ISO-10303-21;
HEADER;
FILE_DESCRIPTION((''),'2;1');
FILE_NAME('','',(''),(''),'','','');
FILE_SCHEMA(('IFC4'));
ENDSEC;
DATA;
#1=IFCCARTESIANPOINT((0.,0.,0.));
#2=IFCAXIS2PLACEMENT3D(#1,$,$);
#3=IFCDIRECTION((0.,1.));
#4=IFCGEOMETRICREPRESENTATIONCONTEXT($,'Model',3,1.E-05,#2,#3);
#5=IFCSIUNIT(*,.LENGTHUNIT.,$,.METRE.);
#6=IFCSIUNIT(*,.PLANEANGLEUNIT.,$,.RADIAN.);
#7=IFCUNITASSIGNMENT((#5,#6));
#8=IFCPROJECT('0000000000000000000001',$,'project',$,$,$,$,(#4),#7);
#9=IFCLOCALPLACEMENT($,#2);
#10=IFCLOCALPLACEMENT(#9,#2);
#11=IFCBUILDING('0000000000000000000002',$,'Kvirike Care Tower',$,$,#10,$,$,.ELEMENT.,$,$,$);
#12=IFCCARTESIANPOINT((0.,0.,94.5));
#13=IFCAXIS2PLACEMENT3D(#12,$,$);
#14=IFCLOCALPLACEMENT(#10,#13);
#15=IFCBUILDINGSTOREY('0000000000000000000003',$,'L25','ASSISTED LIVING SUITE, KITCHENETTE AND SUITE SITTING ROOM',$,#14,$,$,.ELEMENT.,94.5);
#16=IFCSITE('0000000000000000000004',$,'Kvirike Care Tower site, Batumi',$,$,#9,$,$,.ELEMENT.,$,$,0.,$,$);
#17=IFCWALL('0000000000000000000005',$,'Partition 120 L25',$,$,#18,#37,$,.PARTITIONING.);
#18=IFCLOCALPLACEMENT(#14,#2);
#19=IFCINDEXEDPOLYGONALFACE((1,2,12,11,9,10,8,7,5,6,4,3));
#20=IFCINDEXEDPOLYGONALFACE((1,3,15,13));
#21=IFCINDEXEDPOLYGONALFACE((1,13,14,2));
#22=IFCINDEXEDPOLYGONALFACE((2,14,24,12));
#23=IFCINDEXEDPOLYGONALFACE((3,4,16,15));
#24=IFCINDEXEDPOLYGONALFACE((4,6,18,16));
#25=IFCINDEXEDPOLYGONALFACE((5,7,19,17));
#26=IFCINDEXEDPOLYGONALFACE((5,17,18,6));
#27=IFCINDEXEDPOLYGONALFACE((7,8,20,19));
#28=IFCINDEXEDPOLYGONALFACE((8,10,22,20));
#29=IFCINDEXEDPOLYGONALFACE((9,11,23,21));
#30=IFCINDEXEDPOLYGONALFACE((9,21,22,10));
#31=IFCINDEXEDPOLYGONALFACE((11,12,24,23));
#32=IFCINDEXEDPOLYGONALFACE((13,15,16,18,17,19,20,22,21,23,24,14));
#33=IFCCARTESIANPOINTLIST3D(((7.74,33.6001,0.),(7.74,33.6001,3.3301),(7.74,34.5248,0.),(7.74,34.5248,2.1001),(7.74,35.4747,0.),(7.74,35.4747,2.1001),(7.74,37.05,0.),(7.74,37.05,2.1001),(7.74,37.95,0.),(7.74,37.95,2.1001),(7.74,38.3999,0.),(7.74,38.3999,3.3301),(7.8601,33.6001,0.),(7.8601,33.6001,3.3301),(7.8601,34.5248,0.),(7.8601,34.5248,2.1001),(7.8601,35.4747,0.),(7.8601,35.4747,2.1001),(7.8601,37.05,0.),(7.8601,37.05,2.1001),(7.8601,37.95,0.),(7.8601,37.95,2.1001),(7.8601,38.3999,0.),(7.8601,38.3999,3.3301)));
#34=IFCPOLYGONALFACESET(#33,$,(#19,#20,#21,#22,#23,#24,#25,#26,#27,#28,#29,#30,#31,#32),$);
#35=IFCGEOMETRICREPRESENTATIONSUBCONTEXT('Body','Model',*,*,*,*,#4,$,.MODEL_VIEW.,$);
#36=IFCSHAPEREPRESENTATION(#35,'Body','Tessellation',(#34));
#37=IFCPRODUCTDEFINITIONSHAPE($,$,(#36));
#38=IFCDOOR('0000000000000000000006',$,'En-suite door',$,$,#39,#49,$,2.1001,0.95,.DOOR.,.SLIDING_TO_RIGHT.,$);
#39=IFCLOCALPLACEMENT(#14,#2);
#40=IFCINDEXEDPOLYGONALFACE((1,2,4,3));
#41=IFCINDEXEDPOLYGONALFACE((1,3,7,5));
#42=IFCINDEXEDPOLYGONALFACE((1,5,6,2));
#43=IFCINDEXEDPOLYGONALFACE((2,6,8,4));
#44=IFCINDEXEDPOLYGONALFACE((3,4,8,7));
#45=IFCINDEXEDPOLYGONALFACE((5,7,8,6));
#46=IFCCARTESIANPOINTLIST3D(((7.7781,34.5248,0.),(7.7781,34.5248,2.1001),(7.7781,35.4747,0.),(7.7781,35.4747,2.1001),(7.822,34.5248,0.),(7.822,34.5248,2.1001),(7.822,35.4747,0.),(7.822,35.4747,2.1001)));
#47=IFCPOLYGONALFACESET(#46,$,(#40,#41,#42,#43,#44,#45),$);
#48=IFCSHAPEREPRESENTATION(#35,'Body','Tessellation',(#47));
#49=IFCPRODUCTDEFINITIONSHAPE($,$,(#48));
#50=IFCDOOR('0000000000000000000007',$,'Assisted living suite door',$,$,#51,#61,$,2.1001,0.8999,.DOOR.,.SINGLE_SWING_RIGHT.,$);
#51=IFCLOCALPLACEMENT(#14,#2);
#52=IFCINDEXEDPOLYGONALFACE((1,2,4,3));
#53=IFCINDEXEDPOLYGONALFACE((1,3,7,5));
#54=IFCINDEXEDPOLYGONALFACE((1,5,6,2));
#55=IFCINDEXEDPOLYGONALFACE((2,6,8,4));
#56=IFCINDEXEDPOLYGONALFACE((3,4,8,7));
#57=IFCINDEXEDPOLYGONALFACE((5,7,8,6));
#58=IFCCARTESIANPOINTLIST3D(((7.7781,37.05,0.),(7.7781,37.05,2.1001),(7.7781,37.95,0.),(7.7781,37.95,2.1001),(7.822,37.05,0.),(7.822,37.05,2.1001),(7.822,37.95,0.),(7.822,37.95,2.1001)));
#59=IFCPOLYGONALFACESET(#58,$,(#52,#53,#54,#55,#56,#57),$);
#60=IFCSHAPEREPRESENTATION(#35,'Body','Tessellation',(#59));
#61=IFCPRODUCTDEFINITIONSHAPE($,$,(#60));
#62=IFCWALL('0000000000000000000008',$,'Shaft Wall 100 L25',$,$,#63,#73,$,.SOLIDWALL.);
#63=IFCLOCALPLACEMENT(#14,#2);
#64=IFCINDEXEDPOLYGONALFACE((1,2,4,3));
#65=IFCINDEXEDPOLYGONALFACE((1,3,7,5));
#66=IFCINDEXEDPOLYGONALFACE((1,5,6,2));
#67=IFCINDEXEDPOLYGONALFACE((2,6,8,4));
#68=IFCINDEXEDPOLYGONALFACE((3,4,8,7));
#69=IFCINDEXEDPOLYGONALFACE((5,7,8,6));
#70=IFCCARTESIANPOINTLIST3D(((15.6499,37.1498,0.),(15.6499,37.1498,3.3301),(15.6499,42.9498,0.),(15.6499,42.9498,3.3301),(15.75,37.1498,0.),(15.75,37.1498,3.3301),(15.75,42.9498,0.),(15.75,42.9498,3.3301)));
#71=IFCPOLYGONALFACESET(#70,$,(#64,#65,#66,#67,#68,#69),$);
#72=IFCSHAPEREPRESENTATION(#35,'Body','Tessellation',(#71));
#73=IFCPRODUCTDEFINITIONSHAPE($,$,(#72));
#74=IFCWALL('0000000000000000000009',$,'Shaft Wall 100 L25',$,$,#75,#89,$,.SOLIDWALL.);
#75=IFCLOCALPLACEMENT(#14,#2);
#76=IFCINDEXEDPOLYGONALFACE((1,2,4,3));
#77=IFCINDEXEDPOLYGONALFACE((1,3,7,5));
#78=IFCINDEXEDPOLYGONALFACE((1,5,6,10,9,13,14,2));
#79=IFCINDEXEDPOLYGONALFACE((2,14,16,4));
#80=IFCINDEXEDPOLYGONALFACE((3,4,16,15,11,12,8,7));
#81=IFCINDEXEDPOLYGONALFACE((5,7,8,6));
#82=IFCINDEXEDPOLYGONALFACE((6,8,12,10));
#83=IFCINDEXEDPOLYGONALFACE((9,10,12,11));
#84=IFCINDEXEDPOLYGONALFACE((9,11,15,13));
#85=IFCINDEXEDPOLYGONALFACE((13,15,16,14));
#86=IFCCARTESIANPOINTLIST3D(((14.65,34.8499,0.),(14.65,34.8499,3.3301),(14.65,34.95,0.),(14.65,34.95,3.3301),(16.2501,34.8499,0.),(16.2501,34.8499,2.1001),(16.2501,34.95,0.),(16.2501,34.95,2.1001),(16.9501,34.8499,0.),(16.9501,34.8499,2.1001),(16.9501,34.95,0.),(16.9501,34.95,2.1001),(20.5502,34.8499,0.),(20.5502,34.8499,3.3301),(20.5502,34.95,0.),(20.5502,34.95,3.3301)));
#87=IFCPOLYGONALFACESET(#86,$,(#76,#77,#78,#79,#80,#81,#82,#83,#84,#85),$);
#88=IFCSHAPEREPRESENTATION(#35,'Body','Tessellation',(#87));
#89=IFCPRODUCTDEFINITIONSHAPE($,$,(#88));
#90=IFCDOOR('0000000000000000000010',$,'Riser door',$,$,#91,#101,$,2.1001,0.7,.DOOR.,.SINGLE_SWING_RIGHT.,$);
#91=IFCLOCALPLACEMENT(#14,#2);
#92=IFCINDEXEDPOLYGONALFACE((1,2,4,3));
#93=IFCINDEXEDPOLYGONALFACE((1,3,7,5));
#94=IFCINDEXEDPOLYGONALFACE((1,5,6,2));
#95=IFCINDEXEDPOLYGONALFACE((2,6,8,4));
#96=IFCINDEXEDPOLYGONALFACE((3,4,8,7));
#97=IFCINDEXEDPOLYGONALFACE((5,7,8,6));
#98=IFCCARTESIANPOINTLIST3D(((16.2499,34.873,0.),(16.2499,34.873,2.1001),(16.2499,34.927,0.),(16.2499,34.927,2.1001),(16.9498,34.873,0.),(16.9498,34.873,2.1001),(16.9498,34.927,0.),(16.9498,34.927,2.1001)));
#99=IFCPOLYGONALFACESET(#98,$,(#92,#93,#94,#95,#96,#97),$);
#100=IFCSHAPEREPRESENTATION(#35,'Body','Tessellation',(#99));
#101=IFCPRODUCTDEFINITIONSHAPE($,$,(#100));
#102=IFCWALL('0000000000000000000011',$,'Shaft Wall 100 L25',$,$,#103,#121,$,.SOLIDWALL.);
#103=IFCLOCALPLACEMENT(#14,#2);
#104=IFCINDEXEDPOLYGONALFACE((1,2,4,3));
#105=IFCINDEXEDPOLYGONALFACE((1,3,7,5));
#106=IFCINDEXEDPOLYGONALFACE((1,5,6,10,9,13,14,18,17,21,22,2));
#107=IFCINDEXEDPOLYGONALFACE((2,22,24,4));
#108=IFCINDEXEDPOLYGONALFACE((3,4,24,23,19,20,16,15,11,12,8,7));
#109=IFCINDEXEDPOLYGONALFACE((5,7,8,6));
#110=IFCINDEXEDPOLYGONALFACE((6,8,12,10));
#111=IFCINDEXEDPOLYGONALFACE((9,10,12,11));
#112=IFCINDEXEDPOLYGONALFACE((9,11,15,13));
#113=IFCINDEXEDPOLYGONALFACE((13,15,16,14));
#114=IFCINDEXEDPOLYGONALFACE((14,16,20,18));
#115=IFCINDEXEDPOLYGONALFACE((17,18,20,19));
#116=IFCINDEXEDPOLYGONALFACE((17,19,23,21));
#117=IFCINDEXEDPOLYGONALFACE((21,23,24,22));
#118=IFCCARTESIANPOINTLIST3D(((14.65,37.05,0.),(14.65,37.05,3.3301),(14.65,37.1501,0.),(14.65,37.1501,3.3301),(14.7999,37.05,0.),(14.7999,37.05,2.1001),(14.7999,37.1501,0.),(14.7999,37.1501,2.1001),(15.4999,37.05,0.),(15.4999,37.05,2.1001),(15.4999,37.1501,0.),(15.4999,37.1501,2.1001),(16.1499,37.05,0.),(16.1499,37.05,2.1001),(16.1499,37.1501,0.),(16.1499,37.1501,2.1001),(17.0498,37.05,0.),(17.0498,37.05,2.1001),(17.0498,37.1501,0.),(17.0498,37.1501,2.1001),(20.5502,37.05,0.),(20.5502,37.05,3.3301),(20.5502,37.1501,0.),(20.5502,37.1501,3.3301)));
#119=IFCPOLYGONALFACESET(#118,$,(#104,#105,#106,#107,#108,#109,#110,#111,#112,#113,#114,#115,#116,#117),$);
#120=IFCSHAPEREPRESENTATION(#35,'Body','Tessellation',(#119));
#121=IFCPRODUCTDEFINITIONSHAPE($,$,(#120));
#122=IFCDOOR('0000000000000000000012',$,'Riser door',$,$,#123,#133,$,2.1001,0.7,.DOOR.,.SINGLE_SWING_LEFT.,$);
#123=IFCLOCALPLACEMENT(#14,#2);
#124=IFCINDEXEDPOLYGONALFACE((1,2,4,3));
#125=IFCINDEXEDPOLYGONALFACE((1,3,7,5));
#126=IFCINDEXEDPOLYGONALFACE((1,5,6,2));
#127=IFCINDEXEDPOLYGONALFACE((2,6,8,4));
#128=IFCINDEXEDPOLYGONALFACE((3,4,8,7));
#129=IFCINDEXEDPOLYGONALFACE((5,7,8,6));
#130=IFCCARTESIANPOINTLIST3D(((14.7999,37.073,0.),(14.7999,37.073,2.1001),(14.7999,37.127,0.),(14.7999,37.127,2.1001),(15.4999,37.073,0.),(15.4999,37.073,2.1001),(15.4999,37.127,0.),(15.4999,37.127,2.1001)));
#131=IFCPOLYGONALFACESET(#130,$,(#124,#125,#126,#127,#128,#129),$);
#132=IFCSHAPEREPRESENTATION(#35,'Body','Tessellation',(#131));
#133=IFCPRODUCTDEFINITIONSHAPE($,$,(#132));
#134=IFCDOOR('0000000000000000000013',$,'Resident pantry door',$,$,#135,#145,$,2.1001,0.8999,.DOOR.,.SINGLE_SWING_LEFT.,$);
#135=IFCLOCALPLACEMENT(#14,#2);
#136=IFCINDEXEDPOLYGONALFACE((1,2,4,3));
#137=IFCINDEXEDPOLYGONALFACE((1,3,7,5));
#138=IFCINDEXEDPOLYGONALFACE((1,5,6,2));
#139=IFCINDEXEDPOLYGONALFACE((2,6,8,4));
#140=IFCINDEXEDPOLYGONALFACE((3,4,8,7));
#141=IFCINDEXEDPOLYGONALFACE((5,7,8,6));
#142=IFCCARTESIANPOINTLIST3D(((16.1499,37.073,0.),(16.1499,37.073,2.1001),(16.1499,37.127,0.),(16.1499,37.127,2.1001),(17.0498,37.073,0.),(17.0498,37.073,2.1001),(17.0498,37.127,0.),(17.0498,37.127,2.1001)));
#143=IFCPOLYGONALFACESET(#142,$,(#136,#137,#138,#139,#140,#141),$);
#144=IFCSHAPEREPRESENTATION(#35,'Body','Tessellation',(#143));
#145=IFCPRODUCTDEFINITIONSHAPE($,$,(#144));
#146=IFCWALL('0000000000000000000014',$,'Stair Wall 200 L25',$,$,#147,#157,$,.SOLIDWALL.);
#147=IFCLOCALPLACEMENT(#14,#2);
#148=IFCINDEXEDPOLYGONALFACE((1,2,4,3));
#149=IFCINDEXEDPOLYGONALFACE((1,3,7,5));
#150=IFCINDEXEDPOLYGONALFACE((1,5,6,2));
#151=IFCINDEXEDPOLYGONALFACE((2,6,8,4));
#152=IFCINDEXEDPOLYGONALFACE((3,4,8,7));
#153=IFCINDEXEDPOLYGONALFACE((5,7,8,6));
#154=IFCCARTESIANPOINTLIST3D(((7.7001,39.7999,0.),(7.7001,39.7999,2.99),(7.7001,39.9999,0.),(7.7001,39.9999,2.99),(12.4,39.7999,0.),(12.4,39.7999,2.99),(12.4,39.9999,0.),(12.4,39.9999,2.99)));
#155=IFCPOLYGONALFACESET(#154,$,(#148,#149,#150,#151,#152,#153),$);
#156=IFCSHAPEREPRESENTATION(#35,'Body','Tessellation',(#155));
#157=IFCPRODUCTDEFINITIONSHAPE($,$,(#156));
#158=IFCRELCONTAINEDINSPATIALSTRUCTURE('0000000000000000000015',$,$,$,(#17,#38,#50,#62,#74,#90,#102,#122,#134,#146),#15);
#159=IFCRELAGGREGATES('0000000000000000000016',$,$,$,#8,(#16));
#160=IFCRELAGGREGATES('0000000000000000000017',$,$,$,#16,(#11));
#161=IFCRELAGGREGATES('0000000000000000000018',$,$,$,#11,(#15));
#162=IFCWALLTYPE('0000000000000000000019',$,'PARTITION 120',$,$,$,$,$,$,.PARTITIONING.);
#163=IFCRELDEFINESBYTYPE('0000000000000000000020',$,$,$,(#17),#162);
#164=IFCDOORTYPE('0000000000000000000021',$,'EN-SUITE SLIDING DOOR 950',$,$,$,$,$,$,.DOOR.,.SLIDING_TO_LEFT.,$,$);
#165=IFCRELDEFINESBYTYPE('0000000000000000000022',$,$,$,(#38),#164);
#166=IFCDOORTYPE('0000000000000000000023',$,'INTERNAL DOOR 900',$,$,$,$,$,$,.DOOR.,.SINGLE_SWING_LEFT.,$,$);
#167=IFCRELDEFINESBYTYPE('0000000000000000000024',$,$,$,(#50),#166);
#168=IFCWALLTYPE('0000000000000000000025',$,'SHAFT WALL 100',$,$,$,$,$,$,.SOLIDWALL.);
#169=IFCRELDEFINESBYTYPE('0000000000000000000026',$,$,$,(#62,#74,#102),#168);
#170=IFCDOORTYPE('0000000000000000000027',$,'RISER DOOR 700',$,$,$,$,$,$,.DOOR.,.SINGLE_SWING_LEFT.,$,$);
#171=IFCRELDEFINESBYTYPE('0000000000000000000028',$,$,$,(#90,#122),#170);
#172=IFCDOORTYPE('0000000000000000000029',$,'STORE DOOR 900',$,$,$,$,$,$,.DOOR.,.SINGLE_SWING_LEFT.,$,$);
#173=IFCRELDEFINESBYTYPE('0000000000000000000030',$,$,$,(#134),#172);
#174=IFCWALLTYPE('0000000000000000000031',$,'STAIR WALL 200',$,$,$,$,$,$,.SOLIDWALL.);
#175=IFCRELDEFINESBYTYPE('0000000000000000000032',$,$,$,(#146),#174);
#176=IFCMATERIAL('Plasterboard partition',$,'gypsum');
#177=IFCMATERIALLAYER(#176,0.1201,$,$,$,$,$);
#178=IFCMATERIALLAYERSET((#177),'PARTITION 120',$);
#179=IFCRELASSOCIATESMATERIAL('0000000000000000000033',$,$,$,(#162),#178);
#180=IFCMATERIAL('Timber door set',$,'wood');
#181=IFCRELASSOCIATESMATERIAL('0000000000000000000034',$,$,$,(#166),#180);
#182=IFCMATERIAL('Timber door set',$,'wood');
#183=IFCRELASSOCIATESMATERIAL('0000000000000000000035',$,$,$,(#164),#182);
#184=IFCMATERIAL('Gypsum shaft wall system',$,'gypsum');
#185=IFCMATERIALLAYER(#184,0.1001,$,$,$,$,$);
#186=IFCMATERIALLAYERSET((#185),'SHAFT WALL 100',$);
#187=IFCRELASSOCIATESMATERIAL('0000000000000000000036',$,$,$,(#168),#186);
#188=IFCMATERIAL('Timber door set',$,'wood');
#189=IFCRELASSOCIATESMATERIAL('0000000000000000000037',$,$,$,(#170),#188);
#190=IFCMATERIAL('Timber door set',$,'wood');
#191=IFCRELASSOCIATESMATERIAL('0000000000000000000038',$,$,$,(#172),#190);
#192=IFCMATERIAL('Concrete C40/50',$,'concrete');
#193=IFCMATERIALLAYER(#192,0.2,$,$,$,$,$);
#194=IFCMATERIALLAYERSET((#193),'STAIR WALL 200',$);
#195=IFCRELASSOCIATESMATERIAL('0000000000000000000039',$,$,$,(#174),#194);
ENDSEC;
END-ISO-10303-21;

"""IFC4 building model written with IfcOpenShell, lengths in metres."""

from ifc_helpers import new_model, si_unit, direction, frame, frame_2d, origin, place, context, subcontext, project, spatial, rectangle, extrude, material, layer, layer_set, type_object, element, fill, save


model = new_model("IFC4")

# Units and contexts
model_context = context("Model", 3, precision=1e-05, world=origin(), true_north=direction((0.0, 1.0)))
body_context = subcontext(model_context, "Body", "Model", "MODEL_VIEW")
ifc_project = project(units=[si_unit("LENGTHUNIT", "METRE"), si_unit("PLANEANGLEUNIT", "RADIAN")], contexts=[model_context])

# Site, building, storey
site_placement = place(None, origin())
site = spatial("IfcSite", under=ifc_project, at=site_placement, Name="Kvirike Care Tower site, Batumi", CompositionType="ELEMENT", RefElevation=0.0)
building_placement = place(site_placement, origin())
building = spatial("IfcBuilding", under=site, at=building_placement, Name="Kvirike Care Tower", CompositionType="ELEMENT")
storey_placement = place(building_placement, frame((0.0, 0.0, 94.5)))
storey = spatial("IfcBuildingStorey", under=building, at=storey_placement, Name="L25", Description="ASSISTED LIVING SUITE, KITCHENETTE AND SUITE SITTING ROOM", CompositionType="ELEMENT", Elevation=94.5)

# Shared definitions
ifc_material_1 = material(Name="Plasterboard partition", Category="gypsum")
ifc_layer_1 = layer(ifc_material_1, 0.1201)
ifc_layer_set_1 = layer_set([ifc_layer_1], Name="PARTITION 120")
wall_type_1 = type_object("IfcWallType", Name="PARTITION 120", PredefinedType="PARTITIONING", material=ifc_layer_set_1)
ifc_material_2 = material(Name="Timber door set", Category="wood")
door_type_1 = type_object("IfcDoorType", Name="INTERNAL DOOR 900", OperationType="SINGLE_SWING_LEFT", PredefinedType="DOOR", material=ifc_material_2)

# Wall, openings, doors
wall_1_placement = place(storey_placement, frame((7.8, 38.3999, 0.0), z_axis=(0.0, 0.0, 1.0), x_axis=(0.0, -1.0, 0.0)))
wall_1 = element("IfcWall", 1, at=wall_1_placement, inside=storey, type_object=wall_type_1, Name="Partition 120 L25", PredefinedType="PARTITIONING", context=body_context, shape_type="SweptSolid", body=[
    extrude(rectangle(XDim=4.7998, YDim=0.1201, at=frame_2d((2.3999, 0.0))), origin(), (0.0, 0.0, 1.0), 3.3301),
])
opening_1_placement = place(wall_1_placement, frame((0.45, 0.0, 0.0)))
opening_1 = element("IfcOpeningElement", 2, at=opening_1_placement, cuts=wall_1, PredefinedType="OPENING", context=body_context, shape_type="SweptSolid", body=[
    extrude(rectangle(XDim=0.8999, YDim=2.1001, at=frame_2d((0.45, 1.05))), frame((0.0, 0.0706, 0.0), z_axis=(0.0, -1.0, 0.0), x_axis=(1.0, 0.0, 0.0)), (0.0, 0.0, 1.0), 0.1411),
])
opening_2_placement = place(wall_1_placement, frame((2.925, 0.0, 0.0)))
opening_2 = element("IfcOpeningElement", 3, at=opening_2_placement, cuts=wall_1, PredefinedType="OPENING", context=body_context, shape_type="SweptSolid", body=[
    extrude(rectangle(XDim=0.95, YDim=2.1001, at=frame_2d((0.4751, 1.05))), frame((0.0, 0.0706, 0.0), z_axis=(0.0, -1.0, 0.0), x_axis=(1.0, 0.0, 0.0)), (0.0, 0.0, 1.0), 0.1411),
])
ifc_material_3 = material(Name="Timber door set", Category="wood")
door_type_2 = type_object("IfcDoorType", Name="EN-SUITE SLIDING DOOR 950", OperationType="SLIDING_TO_LEFT", PredefinedType="DOOR", material=ifc_material_3)
door_1_placement = place(opening_2_placement, origin())
door_1 = element("IfcDoor", 4, at=door_1_placement, inside=storey, type_object=door_type_2, Name="En-suite door", OperationType="SLIDING_TO_RIGHT", OverallHeight=2.1001, OverallWidth=0.95, PredefinedType="DOOR", context=body_context, shape_type="SweptSolid", body=[
    extrude(rectangle(XDim=0.95, YDim=2.1001, at=frame_2d((0.4751, 1.05))), frame((0.0, 0.022, 0.0), z_axis=(0.0, -1.0, 0.0), x_axis=(1.0, 0.0, 0.0)), (0.0, 0.0, 1.0), 0.0439),
])
fill(opening_2, door_1)
door_2_placement = place(opening_1_placement, origin())
door_2 = element("IfcDoor", 5, at=door_2_placement, inside=storey, type_object=door_type_1, Name="Assisted living suite door", OperationType="SINGLE_SWING_RIGHT", OverallHeight=2.1001, OverallWidth=0.8999, PredefinedType="DOOR", context=body_context, shape_type="SweptSolid", body=[
    extrude(rectangle(XDim=0.8999, YDim=2.1001, at=frame_2d((0.45, 1.05))), frame((0.0, 0.022, 0.0), z_axis=(0.0, -1.0, 0.0), x_axis=(1.0, 0.0, 0.0)), (0.0, 0.0, 1.0), 0.0439),
])
fill(opening_1, door_2)

# Wall
ifc_material_4 = material(Name="Gypsum shaft wall system", Category="gypsum")
ifc_layer_2 = layer(ifc_material_4, 0.1001)
ifc_layer_set_2 = layer_set([ifc_layer_2], Name="SHAFT WALL 100")
wall_type_2 = type_object("IfcWallType", Name="SHAFT WALL 100", PredefinedType="SOLIDWALL", material=ifc_layer_set_2)
wall_2_placement = place(storey_placement, frame((15.7, 37.1499, 0.0), z_axis=(0.0, 0.0, 1.0), x_axis=(0.0, 1.0, 0.0)))
element("IfcWall", 6, at=wall_2_placement, inside=storey, type_object=wall_type_2, Name="Shaft Wall 100 L25", PredefinedType="SOLIDWALL", context=body_context, shape_type="SweptSolid", body=[
    extrude(rectangle(XDim=5.8, YDim=0.1001, at=frame_2d((2.8999, 0.0))), origin(), (0.0, 0.0, 1.0), 3.3301),
])

# Wall, opening, door
wall_3_placement = place(storey_placement, frame((14.6499, 34.8999, 0.0), z_axis=(0.0, 0.0, 1.0), x_axis=(1.0, 0.0, 0.0)))
wall_3 = element("IfcWall", 7, at=wall_3_placement, inside=storey, type_object=wall_type_2, Name="Shaft Wall 100 L25", PredefinedType="SOLIDWALL", context=body_context, shape_type="SweptSolid", body=[
    extrude(rectangle(XDim=5.9001, YDim=0.1001, at=frame_2d((2.9502, 0.0))), origin(), (0.0, 0.0, 1.0), 3.3301),
])
opening_3_placement = place(wall_3_placement, frame((1.6001, 0.0, 0.0)))
opening_3 = element("IfcOpeningElement", 8, at=opening_3_placement, cuts=wall_3, PredefinedType="OPENING", context=body_context, shape_type="SweptSolid", body=[
    extrude(rectangle(XDim=0.7, YDim=2.1001, at=frame_2d((0.3501, 1.05))), frame((0.0, 0.0605, 0.0), z_axis=(0.0, -1.0, 0.0), x_axis=(1.0, 0.0, 0.0)), (0.0, 0.0, 1.0), 0.1211),
])
ifc_material_5 = material(Name="Timber door set", Category="wood")
door_type_3 = type_object("IfcDoorType", Name="RISER DOOR 700", OperationType="SINGLE_SWING_LEFT", PredefinedType="DOOR", material=ifc_material_5)
door_3_placement = place(opening_3_placement, frame((0.7, 0.0, 0.0), z_axis=(0.0, 0.0, 1.0), x_axis=(-1.0, 0.0, 0.0)))
door_3 = element("IfcDoor", 9, at=door_3_placement, inside=storey, type_object=door_type_3, Name="Riser door", OperationType="SINGLE_SWING_RIGHT", OverallHeight=2.1001, OverallWidth=0.7, PredefinedType="DOOR", context=body_context, shape_type="SweptSolid", body=[
    extrude(rectangle(XDim=0.7, YDim=2.1001, at=frame_2d((0.3501, 1.05))), frame((0.0, 0.0269, 0.0), z_axis=(0.0, -1.0, 0.0), x_axis=(1.0, 0.0, 0.0)), (0.0, 0.0, 1.0), 0.054),
])
fill(opening_3, door_3)

# Wall, openings, doors
wall_4_placement = place(storey_placement, frame((14.6499, 37.1001, 0.0), z_axis=(0.0, 0.0, 1.0), x_axis=(1.0, 0.0, 0.0)))
wall_4 = element("IfcWall", 10, at=wall_4_placement, inside=storey, type_object=wall_type_2, Name="Shaft Wall 100 L25", PredefinedType="SOLIDWALL", context=body_context, shape_type="SweptSolid", body=[
    extrude(rectangle(XDim=5.9001, YDim=0.1001, at=frame_2d((2.9502, 0.0))), origin(), (0.0, 0.0, 1.0), 3.3301),
])
opening_4_placement = place(wall_4_placement, frame((0.1499, 0.0, 0.0)))
opening_4 = element("IfcOpeningElement", 11, at=opening_4_placement, cuts=wall_4, PredefinedType="OPENING", context=body_context, shape_type="SweptSolid", body=[
    extrude(rectangle(XDim=0.7, YDim=2.1001, at=frame_2d((0.3501, 1.05))), frame((0.0, 0.0605, 0.0), z_axis=(0.0, -1.0, 0.0), x_axis=(1.0, 0.0, 0.0)), (0.0, 0.0, 1.0), 0.1211),
])
opening_5_placement = place(wall_4_placement, frame((1.5, 0.0, 0.0)))
opening_5 = element("IfcOpeningElement", 12, at=opening_5_placement, cuts=wall_4, PredefinedType="OPENING", context=body_context, shape_type="SweptSolid", body=[
    extrude(rectangle(XDim=0.8999, YDim=2.1001, at=frame_2d((0.45, 1.05))), frame((0.0, 0.0605, 0.0), z_axis=(0.0, -1.0, 0.0), x_axis=(1.0, 0.0, 0.0)), (0.0, 0.0, 1.0), 0.1211),
])
door_4_placement = place(opening_4_placement, origin())
door_4 = element("IfcDoor", 13, at=door_4_placement, inside=storey, type_object=door_type_3, Name="Riser door", OperationType="SINGLE_SWING_LEFT", OverallHeight=2.1001, OverallWidth=0.7, PredefinedType="DOOR", context=body_context, shape_type="SweptSolid", body=[
    extrude(rectangle(XDim=0.7, YDim=2.1001, at=frame_2d((0.3501, 1.05))), frame((0.0, 0.0269, 0.0), z_axis=(0.0, -1.0, 0.0), x_axis=(1.0, 0.0, 0.0)), (0.0, 0.0, 1.0), 0.054),
])
fill(opening_4, door_4)
ifc_material_6 = material(Name="Timber door set", Category="wood")
door_type_4 = type_object("IfcDoorType", Name="STORE DOOR 900", OperationType="SINGLE_SWING_LEFT", PredefinedType="DOOR", material=ifc_material_6)
door_5_placement = place(opening_5_placement, origin())
door_5 = element("IfcDoor", 14, at=door_5_placement, inside=storey, type_object=door_type_4, Name="Resident pantry door", OperationType="SINGLE_SWING_LEFT", OverallHeight=2.1001, OverallWidth=0.8999, PredefinedType="DOOR", context=body_context, shape_type="SweptSolid", body=[
    extrude(rectangle(XDim=0.8999, YDim=2.1001, at=frame_2d((0.45, 1.05))), frame((0.0, 0.0269, 0.0), z_axis=(0.0, -1.0, 0.0), x_axis=(1.0, 0.0, 0.0)), (0.0, 0.0, 1.0), 0.054),
])
fill(opening_5, door_5)

# Wall
ifc_material_7 = material(Name="Concrete C40/50", Category="concrete")
ifc_layer_3 = layer(ifc_material_7, 0.2)
ifc_layer_set_3 = layer_set([ifc_layer_3], Name="STAIR WALL 200")
wall_type_3 = type_object("IfcWallType", Name="STAIR WALL 200", PredefinedType="SOLIDWALL", material=ifc_layer_set_3)
wall_5_placement = place(storey_placement, frame((7.7, 39.8999, 0.0), z_axis=(0.0, 0.0, 1.0), x_axis=(1.0, 0.0, 0.0)))
element("IfcWall", 15, at=wall_5_placement, inside=storey, type_object=wall_type_3, Name="Stair Wall 200 L25", PredefinedType="SOLIDWALL", context=body_context, shape_type="SweptSolid", body=[
    extrude(rectangle(XDim=4.7, YDim=0.2, at=frame_2d((2.3501, 0.0))), origin(), (0.0, 0.0, 1.0), 2.99),
])

save(model, "model.ifc")
